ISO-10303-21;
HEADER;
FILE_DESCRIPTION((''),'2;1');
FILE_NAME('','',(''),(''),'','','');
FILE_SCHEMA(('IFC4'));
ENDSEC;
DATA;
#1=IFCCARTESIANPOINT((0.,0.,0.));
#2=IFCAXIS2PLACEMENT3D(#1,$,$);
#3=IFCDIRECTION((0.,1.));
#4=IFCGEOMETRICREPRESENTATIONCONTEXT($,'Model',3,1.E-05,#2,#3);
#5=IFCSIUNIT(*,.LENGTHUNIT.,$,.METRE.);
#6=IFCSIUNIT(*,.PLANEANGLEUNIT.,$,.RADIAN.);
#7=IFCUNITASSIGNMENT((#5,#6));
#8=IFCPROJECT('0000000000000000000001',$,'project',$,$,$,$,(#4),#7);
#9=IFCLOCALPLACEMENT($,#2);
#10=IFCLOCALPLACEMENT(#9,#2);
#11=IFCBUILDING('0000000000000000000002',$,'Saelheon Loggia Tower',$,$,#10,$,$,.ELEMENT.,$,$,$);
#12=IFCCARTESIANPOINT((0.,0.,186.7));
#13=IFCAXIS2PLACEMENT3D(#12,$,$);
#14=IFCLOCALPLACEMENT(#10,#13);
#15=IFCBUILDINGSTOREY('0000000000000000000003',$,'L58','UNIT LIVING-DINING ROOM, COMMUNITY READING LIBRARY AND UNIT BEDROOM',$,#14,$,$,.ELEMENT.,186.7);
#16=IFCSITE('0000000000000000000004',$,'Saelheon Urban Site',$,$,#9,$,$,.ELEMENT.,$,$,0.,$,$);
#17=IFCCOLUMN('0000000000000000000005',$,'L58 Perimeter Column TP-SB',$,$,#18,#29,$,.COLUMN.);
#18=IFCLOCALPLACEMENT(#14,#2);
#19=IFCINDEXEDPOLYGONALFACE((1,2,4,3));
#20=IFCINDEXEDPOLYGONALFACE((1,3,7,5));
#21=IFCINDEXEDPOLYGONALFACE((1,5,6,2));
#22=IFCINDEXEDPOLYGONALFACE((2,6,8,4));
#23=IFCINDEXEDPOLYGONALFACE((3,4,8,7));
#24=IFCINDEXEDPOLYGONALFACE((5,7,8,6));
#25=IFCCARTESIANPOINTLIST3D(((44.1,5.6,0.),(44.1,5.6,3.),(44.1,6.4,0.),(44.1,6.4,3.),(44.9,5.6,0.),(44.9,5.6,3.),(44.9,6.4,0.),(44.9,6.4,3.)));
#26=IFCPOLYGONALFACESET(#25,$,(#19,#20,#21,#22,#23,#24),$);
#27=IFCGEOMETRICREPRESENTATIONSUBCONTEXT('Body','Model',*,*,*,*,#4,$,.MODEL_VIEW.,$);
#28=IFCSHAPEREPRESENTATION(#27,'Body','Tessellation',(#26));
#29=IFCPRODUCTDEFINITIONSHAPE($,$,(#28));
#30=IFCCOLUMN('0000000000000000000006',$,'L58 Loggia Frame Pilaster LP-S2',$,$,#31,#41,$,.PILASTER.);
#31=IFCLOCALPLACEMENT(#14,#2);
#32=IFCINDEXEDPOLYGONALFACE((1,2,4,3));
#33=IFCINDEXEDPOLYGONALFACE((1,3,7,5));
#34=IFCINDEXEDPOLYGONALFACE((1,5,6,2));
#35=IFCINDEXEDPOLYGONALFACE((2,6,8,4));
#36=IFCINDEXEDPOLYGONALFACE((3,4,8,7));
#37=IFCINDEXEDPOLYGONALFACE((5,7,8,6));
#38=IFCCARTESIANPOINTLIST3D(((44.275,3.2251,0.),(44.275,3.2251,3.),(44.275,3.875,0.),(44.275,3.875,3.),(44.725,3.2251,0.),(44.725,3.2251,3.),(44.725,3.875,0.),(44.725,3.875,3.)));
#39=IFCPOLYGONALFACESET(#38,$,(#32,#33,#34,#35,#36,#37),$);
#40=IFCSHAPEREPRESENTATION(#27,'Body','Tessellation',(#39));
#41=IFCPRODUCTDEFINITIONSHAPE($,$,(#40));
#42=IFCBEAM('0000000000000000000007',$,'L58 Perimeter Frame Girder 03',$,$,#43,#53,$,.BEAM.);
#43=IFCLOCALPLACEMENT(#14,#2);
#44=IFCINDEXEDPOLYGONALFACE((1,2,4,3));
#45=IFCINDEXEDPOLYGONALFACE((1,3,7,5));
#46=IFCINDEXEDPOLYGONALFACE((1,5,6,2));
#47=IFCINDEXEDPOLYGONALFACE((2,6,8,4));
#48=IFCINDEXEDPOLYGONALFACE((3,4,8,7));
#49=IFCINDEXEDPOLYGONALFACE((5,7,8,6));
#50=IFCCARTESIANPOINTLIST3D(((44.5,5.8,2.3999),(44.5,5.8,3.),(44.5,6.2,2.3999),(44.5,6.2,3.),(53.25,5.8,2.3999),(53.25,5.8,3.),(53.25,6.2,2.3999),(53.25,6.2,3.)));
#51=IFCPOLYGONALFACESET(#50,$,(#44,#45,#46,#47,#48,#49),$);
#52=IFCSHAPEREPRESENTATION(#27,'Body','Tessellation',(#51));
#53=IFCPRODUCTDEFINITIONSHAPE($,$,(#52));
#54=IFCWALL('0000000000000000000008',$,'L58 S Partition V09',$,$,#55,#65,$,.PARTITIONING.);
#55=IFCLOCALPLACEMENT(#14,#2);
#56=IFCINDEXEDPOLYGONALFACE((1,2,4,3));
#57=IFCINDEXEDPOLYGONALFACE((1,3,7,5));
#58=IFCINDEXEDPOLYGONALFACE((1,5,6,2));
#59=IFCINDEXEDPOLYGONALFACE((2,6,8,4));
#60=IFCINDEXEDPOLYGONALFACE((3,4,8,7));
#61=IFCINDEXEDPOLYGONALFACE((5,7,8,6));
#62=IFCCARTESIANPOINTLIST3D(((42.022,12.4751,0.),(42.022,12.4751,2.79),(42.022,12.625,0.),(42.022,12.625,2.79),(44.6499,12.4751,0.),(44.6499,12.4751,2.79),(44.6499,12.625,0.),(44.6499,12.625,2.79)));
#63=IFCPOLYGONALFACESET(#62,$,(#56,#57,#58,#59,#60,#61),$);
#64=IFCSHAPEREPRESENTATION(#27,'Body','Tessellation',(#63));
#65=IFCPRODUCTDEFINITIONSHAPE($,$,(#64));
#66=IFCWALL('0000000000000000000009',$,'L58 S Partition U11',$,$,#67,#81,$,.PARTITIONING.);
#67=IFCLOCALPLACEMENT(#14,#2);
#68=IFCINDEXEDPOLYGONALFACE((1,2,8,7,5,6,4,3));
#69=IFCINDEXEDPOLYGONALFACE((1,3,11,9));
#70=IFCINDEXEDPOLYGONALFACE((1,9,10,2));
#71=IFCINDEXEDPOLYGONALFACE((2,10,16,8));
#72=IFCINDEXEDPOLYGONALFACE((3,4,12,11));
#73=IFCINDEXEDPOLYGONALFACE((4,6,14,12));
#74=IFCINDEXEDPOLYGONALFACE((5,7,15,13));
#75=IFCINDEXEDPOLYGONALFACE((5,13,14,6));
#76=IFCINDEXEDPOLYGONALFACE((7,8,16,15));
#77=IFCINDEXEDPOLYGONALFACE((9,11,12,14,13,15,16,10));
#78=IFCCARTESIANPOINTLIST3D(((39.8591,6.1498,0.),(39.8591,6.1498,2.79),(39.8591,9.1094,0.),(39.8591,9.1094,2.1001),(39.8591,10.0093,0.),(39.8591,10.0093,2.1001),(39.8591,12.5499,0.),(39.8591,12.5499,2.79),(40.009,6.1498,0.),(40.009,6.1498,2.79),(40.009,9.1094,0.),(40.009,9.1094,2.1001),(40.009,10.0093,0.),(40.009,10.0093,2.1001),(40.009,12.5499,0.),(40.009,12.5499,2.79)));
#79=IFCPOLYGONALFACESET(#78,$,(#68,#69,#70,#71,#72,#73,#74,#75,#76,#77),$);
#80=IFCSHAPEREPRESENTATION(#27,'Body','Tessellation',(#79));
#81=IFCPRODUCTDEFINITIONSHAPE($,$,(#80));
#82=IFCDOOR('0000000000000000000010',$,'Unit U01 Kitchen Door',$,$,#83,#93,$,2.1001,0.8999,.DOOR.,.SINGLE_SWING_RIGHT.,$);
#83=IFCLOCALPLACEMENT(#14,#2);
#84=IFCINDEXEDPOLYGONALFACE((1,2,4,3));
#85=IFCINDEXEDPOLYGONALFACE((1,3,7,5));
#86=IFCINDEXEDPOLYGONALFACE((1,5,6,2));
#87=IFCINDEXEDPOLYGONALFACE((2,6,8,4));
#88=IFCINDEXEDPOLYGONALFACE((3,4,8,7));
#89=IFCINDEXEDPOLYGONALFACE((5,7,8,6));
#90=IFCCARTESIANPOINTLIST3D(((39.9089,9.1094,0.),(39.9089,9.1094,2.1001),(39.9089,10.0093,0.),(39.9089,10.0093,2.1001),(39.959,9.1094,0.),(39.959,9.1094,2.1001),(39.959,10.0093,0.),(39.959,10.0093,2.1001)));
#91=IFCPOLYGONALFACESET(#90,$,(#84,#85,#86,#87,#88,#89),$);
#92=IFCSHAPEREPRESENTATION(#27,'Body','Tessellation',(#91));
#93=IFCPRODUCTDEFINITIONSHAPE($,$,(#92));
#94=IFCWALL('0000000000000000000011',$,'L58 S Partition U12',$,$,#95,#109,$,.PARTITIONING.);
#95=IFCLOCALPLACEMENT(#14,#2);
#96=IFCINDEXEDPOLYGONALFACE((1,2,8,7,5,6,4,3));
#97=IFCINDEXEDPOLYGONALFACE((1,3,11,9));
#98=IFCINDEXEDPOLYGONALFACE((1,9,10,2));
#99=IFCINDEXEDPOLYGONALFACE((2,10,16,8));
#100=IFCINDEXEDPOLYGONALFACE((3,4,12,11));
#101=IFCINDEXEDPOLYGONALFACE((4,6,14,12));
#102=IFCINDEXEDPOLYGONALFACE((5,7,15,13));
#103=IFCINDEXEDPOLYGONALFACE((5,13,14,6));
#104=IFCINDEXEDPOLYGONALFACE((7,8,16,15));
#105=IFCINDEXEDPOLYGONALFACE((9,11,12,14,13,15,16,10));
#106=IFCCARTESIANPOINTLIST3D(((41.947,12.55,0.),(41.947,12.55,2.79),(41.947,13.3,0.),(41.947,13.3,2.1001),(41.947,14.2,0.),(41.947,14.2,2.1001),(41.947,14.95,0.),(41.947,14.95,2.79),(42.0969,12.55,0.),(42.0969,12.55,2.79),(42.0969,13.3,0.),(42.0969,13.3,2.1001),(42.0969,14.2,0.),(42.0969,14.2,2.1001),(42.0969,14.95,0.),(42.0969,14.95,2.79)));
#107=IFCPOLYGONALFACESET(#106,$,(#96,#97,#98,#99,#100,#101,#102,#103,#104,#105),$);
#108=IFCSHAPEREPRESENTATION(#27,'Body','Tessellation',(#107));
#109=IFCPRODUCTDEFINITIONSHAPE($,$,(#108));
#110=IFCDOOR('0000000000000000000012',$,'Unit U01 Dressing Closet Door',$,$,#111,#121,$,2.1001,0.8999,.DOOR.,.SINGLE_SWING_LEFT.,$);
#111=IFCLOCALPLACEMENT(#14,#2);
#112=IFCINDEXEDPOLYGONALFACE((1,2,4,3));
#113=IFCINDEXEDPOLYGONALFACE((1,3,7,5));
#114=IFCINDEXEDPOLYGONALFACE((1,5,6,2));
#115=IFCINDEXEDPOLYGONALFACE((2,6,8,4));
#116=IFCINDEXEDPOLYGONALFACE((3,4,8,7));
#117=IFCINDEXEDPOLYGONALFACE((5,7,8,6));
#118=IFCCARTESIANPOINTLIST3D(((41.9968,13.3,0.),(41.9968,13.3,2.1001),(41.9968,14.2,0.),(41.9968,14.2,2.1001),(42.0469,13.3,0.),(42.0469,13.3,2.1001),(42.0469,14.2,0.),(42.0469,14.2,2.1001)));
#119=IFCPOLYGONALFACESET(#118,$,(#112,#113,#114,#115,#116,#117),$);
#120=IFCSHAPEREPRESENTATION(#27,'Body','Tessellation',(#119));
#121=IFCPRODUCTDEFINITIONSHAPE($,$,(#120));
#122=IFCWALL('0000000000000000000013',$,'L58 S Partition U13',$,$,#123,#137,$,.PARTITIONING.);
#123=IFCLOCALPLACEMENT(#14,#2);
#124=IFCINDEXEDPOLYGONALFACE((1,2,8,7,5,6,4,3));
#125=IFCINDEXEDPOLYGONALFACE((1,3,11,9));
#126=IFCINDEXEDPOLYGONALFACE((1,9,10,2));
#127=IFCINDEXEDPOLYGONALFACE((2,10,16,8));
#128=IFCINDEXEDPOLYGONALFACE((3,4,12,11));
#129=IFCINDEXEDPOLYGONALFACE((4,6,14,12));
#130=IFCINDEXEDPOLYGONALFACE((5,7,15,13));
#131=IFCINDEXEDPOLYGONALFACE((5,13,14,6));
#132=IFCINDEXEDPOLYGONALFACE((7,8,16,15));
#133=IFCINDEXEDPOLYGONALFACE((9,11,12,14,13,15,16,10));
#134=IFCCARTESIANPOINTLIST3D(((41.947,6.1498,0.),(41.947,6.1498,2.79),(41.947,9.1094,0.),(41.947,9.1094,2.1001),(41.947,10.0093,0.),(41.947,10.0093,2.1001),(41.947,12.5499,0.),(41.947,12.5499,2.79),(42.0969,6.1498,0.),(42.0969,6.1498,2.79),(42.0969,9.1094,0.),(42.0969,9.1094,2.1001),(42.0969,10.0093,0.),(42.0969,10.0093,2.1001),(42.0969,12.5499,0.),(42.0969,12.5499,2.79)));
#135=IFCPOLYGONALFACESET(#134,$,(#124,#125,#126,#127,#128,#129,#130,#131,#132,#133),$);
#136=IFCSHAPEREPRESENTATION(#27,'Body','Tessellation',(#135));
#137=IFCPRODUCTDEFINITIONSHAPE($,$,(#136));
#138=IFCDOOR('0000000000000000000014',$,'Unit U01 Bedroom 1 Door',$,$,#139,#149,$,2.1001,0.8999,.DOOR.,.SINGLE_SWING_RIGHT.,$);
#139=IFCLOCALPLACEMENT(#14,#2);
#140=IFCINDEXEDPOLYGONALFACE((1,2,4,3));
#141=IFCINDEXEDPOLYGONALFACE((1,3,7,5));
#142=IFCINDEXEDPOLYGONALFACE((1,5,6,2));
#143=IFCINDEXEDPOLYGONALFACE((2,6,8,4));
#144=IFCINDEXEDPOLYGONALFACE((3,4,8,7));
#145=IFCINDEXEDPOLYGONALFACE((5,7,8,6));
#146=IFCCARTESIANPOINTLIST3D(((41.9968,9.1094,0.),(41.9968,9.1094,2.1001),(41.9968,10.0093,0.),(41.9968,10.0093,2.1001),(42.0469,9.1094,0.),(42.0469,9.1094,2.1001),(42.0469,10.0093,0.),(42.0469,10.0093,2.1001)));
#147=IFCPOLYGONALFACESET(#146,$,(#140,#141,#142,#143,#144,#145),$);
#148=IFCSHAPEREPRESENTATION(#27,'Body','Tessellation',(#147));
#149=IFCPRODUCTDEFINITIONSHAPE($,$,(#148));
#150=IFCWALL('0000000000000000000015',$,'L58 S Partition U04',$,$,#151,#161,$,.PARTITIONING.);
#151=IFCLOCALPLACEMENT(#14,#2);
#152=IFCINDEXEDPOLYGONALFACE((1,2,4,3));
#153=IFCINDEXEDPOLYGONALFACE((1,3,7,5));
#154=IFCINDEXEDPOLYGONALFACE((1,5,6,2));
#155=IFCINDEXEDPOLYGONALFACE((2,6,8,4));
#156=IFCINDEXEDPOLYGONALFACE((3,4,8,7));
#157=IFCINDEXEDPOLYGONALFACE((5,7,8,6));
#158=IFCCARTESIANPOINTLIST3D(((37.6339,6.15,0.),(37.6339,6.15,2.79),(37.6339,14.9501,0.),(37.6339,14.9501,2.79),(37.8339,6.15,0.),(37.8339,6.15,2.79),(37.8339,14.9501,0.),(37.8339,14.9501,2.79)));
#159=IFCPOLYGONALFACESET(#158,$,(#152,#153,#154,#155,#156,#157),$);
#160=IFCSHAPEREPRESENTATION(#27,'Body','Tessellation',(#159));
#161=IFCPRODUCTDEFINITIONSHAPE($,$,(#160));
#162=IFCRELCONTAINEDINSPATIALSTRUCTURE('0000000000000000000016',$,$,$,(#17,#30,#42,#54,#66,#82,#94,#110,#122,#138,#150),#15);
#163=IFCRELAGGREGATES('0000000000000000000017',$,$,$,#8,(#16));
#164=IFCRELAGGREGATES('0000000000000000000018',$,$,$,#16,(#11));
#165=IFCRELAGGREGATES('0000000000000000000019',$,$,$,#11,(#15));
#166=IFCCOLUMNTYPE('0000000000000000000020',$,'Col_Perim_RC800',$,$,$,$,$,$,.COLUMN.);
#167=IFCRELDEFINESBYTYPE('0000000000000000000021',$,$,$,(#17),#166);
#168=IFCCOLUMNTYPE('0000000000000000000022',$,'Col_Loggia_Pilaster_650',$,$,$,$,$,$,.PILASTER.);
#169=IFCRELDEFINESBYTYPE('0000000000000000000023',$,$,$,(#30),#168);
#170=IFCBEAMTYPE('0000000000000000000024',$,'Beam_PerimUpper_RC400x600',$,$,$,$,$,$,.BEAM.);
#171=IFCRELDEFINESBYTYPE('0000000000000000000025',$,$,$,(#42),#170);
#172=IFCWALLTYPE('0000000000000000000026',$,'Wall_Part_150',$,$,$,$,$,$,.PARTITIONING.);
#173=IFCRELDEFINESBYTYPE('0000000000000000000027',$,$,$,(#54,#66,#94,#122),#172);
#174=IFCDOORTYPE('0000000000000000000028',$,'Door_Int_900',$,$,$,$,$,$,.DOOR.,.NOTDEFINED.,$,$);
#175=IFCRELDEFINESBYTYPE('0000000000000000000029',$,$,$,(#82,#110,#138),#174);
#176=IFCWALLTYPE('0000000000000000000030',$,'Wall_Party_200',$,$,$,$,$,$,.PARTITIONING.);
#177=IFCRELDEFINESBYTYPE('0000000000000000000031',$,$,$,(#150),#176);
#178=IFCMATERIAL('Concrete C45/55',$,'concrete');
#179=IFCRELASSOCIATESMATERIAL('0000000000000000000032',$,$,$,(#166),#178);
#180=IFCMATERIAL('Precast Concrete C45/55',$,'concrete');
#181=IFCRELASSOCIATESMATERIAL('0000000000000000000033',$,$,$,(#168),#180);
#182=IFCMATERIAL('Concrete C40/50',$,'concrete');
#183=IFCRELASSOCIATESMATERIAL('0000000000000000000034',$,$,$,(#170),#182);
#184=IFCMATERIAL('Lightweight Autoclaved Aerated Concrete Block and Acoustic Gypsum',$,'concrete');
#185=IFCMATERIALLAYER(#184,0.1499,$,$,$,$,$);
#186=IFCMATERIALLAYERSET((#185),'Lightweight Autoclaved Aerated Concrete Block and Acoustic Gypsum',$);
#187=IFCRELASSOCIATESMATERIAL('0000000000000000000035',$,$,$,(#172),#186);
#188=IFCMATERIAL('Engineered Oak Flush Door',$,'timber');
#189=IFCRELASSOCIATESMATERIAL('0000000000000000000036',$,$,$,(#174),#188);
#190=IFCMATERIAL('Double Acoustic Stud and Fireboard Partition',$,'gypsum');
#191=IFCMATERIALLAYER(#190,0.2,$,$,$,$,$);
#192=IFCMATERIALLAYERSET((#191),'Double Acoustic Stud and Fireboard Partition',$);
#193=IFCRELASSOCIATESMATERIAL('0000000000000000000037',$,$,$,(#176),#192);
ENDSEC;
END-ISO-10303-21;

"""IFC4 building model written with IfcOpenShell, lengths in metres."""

from ifc_helpers import new_model, si_unit, direction, frame, frame_2d, origin, origin_2d, place, context, subcontext, project, spatial, rectangle, extrude, source, transform, mapped, material, layer, layer_set, material_profile, profile_set, type_object, element, fill, save


model = new_model("IFC4")

# Units and contexts
model_context = context("Model", 3, precision=1e-05, world=origin(), true_north=direction((0.0, 1.0)))
body_context = subcontext(model_context, "Body", "Model", "MODEL_VIEW")
ifc_project = project(units=[si_unit("LENGTHUNIT", "METRE"), si_unit("PLANEANGLEUNIT", "RADIAN")], contexts=[model_context])

# Site, building, storey
site_placement = place(None, origin())
site = spatial("IfcSite", under=ifc_project, at=site_placement, Name="Saelheon Urban Site", CompositionType="ELEMENT", RefElevation=0.0)
building_placement = place(site_placement, origin())
building = spatial("IfcBuilding", under=site, at=building_placement, Name="Saelheon Loggia Tower", CompositionType="ELEMENT")
storey_placement = place(building_placement, frame((0.0, 0.0, 186.7)))
storey = spatial("IfcBuildingStorey", under=building, at=storey_placement, Name="L58", Description="UNIT LIVING-DINING ROOM, COMMUNITY READING LIBRARY AND UNIT BEDROOM", CompositionType="ELEMENT", Elevation=186.7)

# Columns
ifc_material_1 = material(Name="Concrete C45/55", Category="concrete")
ifc_material_profile_1 = material_profile(ifc_material_1, rectangle(XDim=0.8, YDim=0.8, at=origin_2d()), Name="RC-800x800")
ifc_profile_set_1 = profile_set([ifc_material_profile_1], Name="Concrete C45/55")
column_type_1 = type_object("IfcColumnType", Name="Col_Perim_RC800", PredefinedType="COLUMN", material=ifc_profile_set_1)
shared_shape_1 = source(origin(), body_context, "Body", "SweptSolid", [
    extrude(rectangle(XDim=0.8, YDim=0.8, at=origin_2d()), origin(), (0.0, 0.0, 1.0), 3.0),
])
column_1_placement = place(storey_placement, frame((44.5, 6.0, 0.0), z_axis=(0.0, 0.0, 1.0), x_axis=(1.0, 0.0, 0.0)))
element("IfcColumn", 1, at=column_1_placement, inside=storey, type_object=column_type_1, Name="L58 Perimeter Column TP-SB", PredefinedType="COLUMN", context=body_context, shape_type="MappedRepresentation", body=[
    mapped(shared_shape_1, transform((0.0, 0.0, 0.0), scale=1.0)),
])
ifc_material_2 = material(Name="Precast Concrete C45/55", Category="concrete")
ifc_material_profile_2 = material_profile(ifc_material_2, rectangle(XDim=0.45, YDim=0.6499, at=origin_2d()), Name="RC-450x650")
ifc_profile_set_2 = profile_set([ifc_material_profile_2], Name="Precast Concrete C45/55")
column_type_2 = type_object("IfcColumnType", Name="Col_Loggia_Pilaster_650", PredefinedType="PILASTER", material=ifc_profile_set_2)
shared_shape_2 = source(origin(), body_context, "Body", "SweptSolid", [
    extrude(rectangle(XDim=0.45, YDim=0.6499, at=origin_2d()), origin(), (0.0, 0.0, 1.0), 3.0),
])
column_2_placement = place(storey_placement, frame((44.5, 3.55, 0.0), z_axis=(0.0, 0.0, 1.0), x_axis=(1.0, 0.0, 0.0)))
element("IfcColumn", 2, at=column_2_placement, inside=storey, type_object=column_type_2, Name="L58 Loggia Frame Pilaster LP-S2", PredefinedType="PILASTER", context=body_context, shape_type="MappedRepresentation", body=[
    mapped(shared_shape_2, transform((0.0, 0.0, 0.0), scale=1.0)),
])

# Beam
ifc_material_3 = material(Name="Concrete C40/50", Category="concrete")
ifc_material_profile_3 = material_profile(ifc_material_3, rectangle(XDim=0.3999, YDim=0.6001, at=origin_2d()), Name="RC-400x600")
ifc_profile_set_3 = profile_set([ifc_material_profile_3], Name="Concrete C40/50")
beam_type = type_object("IfcBeamType", Name="Beam_PerimUpper_RC400x600", PredefinedType="BEAM", material=ifc_profile_set_3)
shared_shape_3 = source(origin(), body_context, "Body", "SweptSolid", [
    extrude(rectangle(XDim=0.3999, YDim=0.6001, at=origin_2d()), origin(), (0.0, 0.0, 1.0), 8.75),
])
beam_placement = place(storey_placement, frame((44.5, 6.0, 2.7), z_axis=(1.0, 0.0, 0.0), x_axis=(0.0, 1.0, 0.0)))
element("IfcBeam", 3, at=beam_placement, inside=storey, type_object=beam_type, Name="L58 Perimeter Frame Girder 03", PredefinedType="BEAM", context=body_context, shape_type="MappedRepresentation", body=[
    mapped(shared_shape_3, transform((0.0, 0.0, 0.0), scale=1.0)),
])

# Wall
ifc_material_4 = material(Name="Lightweight Autoclaved Aerated Concrete Block and Acoustic Gypsum", Category="concrete")
ifc_layer_1 = layer(ifc_material_4, 0.1499)
ifc_layer_set_1 = layer_set([ifc_layer_1], Name="Lightweight Autoclaved Aerated Concrete Block and Acoustic Gypsum")
wall_type_1 = type_object("IfcWallType", Name="Wall_Part_150", PredefinedType="PARTITIONING", material=ifc_layer_set_1)
wall_1_placement = place(storey_placement, frame((42.022, 12.55, 0.0), z_axis=(0.0, 0.0, 1.0), x_axis=(1.0, 0.0, 0.0)))
element("IfcWall", 4, at=wall_1_placement, inside=storey, type_object=wall_type_1, Name="L58 S Partition V09", PredefinedType="PARTITIONING", context=body_context, shape_type="SweptSolid", body=[
    extrude(rectangle(XDim=2.6279, YDim=0.1499, at=frame_2d((1.314, 0.0))), origin(), (0.0, 0.0, 1.0), 2.79),
])

# Walls, openings, doors
wall_2_placement = place(storey_placement, frame((39.9341, 12.55, 0.0), z_axis=(0.0, 0.0, 1.0), x_axis=(0.0, -1.0, 0.0)))
wall_2 = element("IfcWall", 5, at=wall_2_placement, inside=storey, type_object=wall_type_1, Name="L58 S Partition U11", PredefinedType="PARTITIONING", context=body_context, shape_type="SweptSolid", body=[
    extrude(rectangle(XDim=6.4001, YDim=0.1499, at=frame_2d((3.2002, 0.0))), origin(), (0.0, 0.0, 1.0), 2.79),
])
opening_1_placement = place(wall_2_placement, frame((2.5408, 0.0, 0.0)))
opening_1 = element("IfcOpeningElement", 6, at=opening_1_placement, cuts=wall_2, PredefinedType="OPENING", context=body_context, shape_type="SweptSolid", body=[
    extrude(rectangle(XDim=0.8999, YDim=2.1001, at=frame_2d((0.45, 1.05))), frame((0.0, 0.0869, 0.0), z_axis=(0.0, -1.0, 0.0), x_axis=(1.0, 0.0, 0.0)), (0.0, 0.0, 1.0), 0.1738),
])
ifc_material_5 = material(Name="Engineered Oak Flush Door", Category="timber")
door_type_1 = type_object("IfcDoorType", Name="Door_Int_900", OperationType="NOTDEFINED", PredefinedType="DOOR", material=ifc_material_5)
shared_shape_4 = source(origin(), body_context, "Body", "SweptSolid", [
    extrude(rectangle(XDim=0.8999, YDim=2.1001, at=frame_2d((0.45, 1.05))), frame((0.0, 0.0249, 0.0), z_axis=(0.0, -1.0, 0.0), x_axis=(1.0, 0.0, 0.0)), (0.0, 0.0, 1.0), 0.05),
])
door_1_placement = place(opening_1_placement, origin())
door_1 = element("IfcDoor", 7, at=door_1_placement, inside=storey, type_object=door_type_1, Name="Unit U01 Kitchen Door", OperationType="SINGLE_SWING_RIGHT", OverallHeight=2.1001, OverallWidth=0.8999, PredefinedType="DOOR", context=body_context, shape_type="MappedRepresentation", body=[
    mapped(shared_shape_4, transform((0.0, 0.0, 0.0), scale=1.0)),
])
fill(opening_1, door_1)
wall_3_placement = place(storey_placement, frame((42.022, 14.95, 0.0), z_axis=(0.0, 0.0, 1.0), x_axis=(0.0, -1.0, 0.0)))
wall_3 = element("IfcWall", 8, at=wall_3_placement, inside=storey, type_object=wall_type_1, Name="L58 S Partition U12", PredefinedType="PARTITIONING", context=body_context, shape_type="SweptSolid", body=[
    extrude(rectangle(XDim=2.3999, YDim=0.1499, at=frame_2d((1.2, 0.0))), origin(), (0.0, 0.0, 1.0), 2.79),
])
opening_2_placement = place(wall_3_placement, frame((0.75, 0.0, 0.0)))
opening_2 = element("IfcOpeningElement", 9, at=opening_2_placement, cuts=wall_3, PredefinedType="OPENING", context=body_context, shape_type="SweptSolid", body=[
    extrude(rectangle(XDim=0.8999, YDim=2.1001, at=frame_2d((0.45, 1.05))), frame((0.0, 0.0869, 0.0), z_axis=(0.0, -1.0, 0.0), x_axis=(1.0, 0.0, 0.0)), (0.0, 0.0, 1.0), 0.1738),
])
door_2_placement = place(opening_2_placement, origin())
door_2 = element("IfcDoor", 10, at=door_2_placement, inside=storey, type_object=door_type_1, Name="Unit U01 Dressing Closet Door", OperationType="SINGLE_SWING_LEFT", OverallHeight=2.1001, OverallWidth=0.8999, PredefinedType="DOOR", context=body_context, shape_type="MappedRepresentation", body=[
    mapped(shared_shape_4, transform((0.0, 0.0, 0.0), scale=1.0)),
])
fill(opening_2, door_2)
wall_4_placement = place(storey_placement, frame((42.022, 12.55, 0.0), z_axis=(0.0, 0.0, 1.0), x_axis=(0.0, -1.0, 0.0)))
wall_4 = element("IfcWall", 11, at=wall_4_placement, inside=storey, type_object=wall_type_1, Name="L58 S Partition U13", PredefinedType="PARTITIONING", context=body_context, shape_type="SweptSolid", body=[
    extrude(rectangle(XDim=6.4001, YDim=0.1499, at=frame_2d((3.2002, 0.0))), origin(), (0.0, 0.0, 1.0), 2.79),
])
opening_3_placement = place(wall_4_placement, frame((2.5408, 0.0, 0.0)))
opening_3 = element("IfcOpeningElement", 12, at=opening_3_placement, cuts=wall_4, PredefinedType="OPENING", context=body_context, shape_type="SweptSolid", body=[
    extrude(rectangle(XDim=0.8999, YDim=2.1001, at=frame_2d((0.45, 1.05))), frame((0.0, 0.0869, 0.0), z_axis=(0.0, -1.0, 0.0), x_axis=(1.0, 0.0, 0.0)), (0.0, 0.0, 1.0), 0.1738),
])
door_3_placement = place(opening_3_placement, origin())
door_3 = element("IfcDoor", 13, at=door_3_placement, inside=storey, type_object=door_type_1, Name="Unit U01 Bedroom 1 Door", OperationType="SINGLE_SWING_RIGHT", OverallHeight=2.1001, OverallWidth=0.8999, PredefinedType="DOOR", context=body_context, shape_type="MappedRepresentation", body=[
    mapped(shared_shape_4, transform((0.0, 0.0, 0.0), scale=1.0)),
])
fill(opening_3, door_3)

# Wall
ifc_material_6 = material(Name="Double Acoustic Stud and Fireboard Partition", Category="gypsum")
ifc_layer_2 = layer(ifc_material_6, 0.2)
ifc_layer_set_2 = layer_set([ifc_layer_2], Name="Double Acoustic Stud and Fireboard Partition")
wall_type_2 = type_object("IfcWallType", Name="Wall_Party_200", PredefinedType="PARTITIONING", material=ifc_layer_set_2)
wall_5_placement = place(storey_placement, frame((37.7339, 14.95, 0.0), z_axis=(0.0, 0.0, 1.0), x_axis=(0.0, -1.0, 0.0)))
element("IfcWall", 14, at=wall_5_placement, inside=storey, type_object=wall_type_2, Name="L58 S Partition U04", PredefinedType="PARTITIONING", context=body_context, shape_type="SweptSolid", body=[
    extrude(rectangle(XDim=8.8, YDim=0.2, at=frame_2d((4.3999, 0.0))), origin(), (0.0, 0.0, 1.0), 2.79),
])

save(model, "model.ifc")
